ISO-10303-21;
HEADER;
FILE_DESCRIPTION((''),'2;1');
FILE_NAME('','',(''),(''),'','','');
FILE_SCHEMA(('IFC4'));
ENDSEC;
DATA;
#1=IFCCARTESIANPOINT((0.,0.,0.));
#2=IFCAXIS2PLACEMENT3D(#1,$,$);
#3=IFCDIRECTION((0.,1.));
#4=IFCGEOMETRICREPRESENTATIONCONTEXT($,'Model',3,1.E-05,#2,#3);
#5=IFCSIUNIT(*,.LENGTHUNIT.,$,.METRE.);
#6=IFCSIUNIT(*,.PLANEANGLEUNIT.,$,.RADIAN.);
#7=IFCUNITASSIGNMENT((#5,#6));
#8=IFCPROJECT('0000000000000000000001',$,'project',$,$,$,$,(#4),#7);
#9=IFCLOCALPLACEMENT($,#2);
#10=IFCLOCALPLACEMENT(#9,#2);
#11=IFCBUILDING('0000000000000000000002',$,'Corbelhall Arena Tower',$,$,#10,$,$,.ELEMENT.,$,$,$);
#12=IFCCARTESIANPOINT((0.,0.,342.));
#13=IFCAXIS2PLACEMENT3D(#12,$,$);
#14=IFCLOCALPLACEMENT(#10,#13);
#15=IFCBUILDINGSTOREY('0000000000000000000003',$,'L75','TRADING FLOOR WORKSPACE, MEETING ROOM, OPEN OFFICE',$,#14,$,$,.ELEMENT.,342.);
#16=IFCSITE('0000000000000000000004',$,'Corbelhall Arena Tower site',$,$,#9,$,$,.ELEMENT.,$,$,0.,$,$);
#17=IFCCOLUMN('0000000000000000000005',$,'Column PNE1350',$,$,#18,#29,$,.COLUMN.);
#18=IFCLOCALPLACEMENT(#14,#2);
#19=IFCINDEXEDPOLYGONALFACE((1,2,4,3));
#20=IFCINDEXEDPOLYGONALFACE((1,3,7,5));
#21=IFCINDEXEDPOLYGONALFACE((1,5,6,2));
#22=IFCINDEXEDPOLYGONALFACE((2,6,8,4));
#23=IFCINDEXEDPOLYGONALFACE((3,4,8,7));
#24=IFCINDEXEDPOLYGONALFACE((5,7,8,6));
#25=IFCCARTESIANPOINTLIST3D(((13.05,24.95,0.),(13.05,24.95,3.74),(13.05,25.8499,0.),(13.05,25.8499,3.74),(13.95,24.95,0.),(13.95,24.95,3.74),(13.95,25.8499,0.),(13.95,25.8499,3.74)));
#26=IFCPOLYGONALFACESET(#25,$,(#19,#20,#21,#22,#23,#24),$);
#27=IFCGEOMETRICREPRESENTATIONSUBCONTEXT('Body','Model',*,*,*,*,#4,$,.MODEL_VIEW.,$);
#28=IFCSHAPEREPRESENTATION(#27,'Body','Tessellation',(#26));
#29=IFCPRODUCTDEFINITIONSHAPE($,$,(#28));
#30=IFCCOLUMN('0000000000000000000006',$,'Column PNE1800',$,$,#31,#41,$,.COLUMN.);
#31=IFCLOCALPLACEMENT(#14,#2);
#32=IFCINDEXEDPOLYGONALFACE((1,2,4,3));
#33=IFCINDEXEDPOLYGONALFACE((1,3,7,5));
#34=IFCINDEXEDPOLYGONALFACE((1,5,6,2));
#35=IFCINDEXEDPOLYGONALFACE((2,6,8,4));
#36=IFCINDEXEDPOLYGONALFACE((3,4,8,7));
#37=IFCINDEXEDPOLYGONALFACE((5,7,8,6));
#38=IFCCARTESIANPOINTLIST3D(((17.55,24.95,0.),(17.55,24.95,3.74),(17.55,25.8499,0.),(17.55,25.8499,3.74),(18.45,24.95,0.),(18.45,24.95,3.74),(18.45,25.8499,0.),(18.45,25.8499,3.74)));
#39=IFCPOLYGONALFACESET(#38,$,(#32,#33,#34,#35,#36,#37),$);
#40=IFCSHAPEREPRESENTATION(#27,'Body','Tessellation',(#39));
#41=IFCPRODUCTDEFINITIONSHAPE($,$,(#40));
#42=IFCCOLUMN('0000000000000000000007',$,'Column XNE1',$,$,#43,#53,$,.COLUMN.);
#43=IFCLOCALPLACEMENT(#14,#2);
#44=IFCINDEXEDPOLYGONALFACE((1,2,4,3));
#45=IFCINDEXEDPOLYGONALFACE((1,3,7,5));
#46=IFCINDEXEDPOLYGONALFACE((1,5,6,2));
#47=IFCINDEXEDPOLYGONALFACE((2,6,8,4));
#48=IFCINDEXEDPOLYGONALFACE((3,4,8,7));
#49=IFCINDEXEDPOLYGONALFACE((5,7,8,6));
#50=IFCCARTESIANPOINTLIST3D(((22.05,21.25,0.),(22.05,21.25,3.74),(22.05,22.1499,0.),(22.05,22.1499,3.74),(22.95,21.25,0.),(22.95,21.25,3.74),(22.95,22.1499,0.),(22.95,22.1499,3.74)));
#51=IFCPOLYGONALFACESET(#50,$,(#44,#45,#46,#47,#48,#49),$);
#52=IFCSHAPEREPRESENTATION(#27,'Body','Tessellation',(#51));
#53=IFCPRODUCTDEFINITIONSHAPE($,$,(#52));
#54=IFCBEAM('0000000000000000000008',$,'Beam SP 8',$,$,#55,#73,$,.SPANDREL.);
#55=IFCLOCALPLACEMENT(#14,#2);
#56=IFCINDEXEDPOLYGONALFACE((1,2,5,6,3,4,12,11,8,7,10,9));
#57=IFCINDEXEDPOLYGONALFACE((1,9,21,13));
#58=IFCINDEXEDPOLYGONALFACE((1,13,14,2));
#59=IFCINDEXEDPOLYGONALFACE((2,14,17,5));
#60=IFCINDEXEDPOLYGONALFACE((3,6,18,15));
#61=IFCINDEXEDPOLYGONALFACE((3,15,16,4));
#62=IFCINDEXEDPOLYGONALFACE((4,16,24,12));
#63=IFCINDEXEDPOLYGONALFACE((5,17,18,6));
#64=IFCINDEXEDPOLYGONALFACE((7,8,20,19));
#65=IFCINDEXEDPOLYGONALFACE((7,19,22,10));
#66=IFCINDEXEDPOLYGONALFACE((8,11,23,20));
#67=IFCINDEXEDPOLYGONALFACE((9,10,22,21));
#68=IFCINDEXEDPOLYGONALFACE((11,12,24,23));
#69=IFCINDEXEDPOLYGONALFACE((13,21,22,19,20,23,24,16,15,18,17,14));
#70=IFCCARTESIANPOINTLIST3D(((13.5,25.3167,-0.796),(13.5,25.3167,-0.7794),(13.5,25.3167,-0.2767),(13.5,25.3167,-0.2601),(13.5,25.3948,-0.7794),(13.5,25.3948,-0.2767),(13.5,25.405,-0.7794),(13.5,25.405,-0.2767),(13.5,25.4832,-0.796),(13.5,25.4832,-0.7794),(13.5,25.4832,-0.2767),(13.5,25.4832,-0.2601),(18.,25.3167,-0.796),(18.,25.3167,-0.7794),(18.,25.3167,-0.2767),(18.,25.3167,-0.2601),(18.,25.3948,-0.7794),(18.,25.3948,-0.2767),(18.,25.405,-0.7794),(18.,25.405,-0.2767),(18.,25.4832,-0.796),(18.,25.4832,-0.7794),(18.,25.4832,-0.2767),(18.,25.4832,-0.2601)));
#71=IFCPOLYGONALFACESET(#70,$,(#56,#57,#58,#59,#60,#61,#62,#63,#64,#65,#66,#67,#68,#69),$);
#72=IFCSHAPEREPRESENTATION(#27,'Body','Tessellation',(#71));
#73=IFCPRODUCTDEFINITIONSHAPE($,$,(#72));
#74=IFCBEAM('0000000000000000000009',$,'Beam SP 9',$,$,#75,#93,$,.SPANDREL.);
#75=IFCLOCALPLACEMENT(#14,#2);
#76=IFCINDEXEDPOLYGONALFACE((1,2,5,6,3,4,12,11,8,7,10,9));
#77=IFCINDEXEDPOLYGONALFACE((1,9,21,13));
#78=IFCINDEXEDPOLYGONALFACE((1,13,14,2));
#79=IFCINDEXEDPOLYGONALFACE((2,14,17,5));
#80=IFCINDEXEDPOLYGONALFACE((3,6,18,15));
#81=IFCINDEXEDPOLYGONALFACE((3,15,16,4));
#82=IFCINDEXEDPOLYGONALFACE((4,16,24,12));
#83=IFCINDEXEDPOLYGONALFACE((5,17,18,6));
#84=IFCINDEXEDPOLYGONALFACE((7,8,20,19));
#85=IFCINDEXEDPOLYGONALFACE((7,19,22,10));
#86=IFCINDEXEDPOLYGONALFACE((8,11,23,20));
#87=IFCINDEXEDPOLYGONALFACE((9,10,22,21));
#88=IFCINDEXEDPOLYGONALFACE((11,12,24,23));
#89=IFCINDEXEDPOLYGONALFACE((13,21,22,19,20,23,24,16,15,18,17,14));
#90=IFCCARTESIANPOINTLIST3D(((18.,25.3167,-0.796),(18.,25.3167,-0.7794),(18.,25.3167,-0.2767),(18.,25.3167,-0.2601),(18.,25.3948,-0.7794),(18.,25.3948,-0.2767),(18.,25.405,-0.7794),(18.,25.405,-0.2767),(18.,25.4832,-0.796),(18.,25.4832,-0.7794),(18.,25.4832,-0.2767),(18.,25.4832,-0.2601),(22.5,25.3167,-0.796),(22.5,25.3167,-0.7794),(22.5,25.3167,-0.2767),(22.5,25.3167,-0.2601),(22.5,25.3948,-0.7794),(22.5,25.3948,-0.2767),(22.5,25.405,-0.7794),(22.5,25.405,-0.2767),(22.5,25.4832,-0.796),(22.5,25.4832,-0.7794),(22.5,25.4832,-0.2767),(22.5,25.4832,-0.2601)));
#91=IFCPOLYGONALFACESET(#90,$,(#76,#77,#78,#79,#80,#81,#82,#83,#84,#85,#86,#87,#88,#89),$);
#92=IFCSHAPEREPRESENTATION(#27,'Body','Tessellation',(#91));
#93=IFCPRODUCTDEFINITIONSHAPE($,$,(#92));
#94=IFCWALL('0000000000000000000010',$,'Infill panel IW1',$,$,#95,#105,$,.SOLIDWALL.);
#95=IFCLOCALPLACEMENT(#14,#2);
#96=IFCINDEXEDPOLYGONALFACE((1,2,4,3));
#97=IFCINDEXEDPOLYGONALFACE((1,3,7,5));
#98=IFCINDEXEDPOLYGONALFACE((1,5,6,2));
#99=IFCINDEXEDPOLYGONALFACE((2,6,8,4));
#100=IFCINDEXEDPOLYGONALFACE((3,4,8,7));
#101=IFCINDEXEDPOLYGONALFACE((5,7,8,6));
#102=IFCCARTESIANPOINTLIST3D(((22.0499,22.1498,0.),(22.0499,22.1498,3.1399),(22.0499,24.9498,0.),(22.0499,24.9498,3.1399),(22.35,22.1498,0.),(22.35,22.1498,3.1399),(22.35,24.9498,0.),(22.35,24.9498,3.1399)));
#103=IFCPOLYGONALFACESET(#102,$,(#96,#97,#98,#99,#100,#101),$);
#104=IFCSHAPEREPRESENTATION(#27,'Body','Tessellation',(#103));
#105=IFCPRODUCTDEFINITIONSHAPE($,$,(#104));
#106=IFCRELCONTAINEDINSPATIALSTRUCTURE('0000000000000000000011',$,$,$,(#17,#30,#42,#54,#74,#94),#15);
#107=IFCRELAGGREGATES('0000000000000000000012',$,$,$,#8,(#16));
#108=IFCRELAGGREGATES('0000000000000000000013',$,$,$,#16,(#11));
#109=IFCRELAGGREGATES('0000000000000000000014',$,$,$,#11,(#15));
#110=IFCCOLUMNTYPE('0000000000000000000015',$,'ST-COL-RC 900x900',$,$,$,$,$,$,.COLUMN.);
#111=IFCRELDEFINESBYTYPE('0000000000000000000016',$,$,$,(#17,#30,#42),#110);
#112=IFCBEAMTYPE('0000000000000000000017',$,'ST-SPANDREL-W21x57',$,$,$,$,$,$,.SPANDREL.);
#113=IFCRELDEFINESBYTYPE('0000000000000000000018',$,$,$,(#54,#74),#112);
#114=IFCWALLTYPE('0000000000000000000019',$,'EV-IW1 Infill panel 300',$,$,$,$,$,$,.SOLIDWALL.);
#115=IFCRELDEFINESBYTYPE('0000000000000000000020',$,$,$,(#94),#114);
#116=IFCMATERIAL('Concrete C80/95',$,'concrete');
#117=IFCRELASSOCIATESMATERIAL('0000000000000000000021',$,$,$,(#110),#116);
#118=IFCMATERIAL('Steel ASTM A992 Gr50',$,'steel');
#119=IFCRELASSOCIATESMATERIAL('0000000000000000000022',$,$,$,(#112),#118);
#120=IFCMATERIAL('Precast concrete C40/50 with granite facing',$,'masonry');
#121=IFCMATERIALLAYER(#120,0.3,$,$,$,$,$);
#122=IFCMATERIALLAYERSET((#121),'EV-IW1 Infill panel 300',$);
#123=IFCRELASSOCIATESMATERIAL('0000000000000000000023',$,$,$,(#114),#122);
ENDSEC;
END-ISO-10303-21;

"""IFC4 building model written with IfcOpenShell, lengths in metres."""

from ifc_helpers import new_model, si_unit, direction, frame, frame_2d, origin, origin_2d, place, context, subcontext, project, spatial, rectangle, i_section, extrude, material, layer, layer_set, material_profile, profile_set, type_object, element, save


model = new_model("IFC4")

# Units and contexts
model_context = context("Model", 3, precision=1e-05, world=origin(), true_north=direction((0.0, 1.0)))
body_context = subcontext(model_context, "Body", "Model", "MODEL_VIEW")
ifc_project = project(units=[si_unit("LENGTHUNIT", "METRE"), si_unit("PLANEANGLEUNIT", "RADIAN")], contexts=[model_context])

# Site, building, storey
site_placement = place(None, origin())
site = spatial("IfcSite", under=ifc_project, at=site_placement, Name="Corbelhall Arena Tower site", CompositionType="ELEMENT", RefElevation=0.0)
building_placement = place(site_placement, origin())
building = spatial("IfcBuilding", under=site, at=building_placement, Name="Corbelhall Arena Tower", CompositionType="ELEMENT")
storey_placement = place(building_placement, frame((0.0, 0.0, 342.0)))
storey = spatial("IfcBuildingStorey", under=building, at=storey_placement, Name="L75", Description="TRADING FLOOR WORKSPACE, MEETING ROOM, OPEN OFFICE", CompositionType="ELEMENT", Elevation=342.0)

# Columns
ifc_material_1 = material(Name="Concrete C80/95", Category="concrete")
ifc_material_profile_1 = material_profile(ifc_material_1, rectangle(XDim=0.8999, YDim=0.8999, at=origin_2d()))
ifc_profile_set_1 = profile_set([ifc_material_profile_1], Name="Concrete C80/95")
column_type = type_object("IfcColumnType", Name="ST-COL-RC 900x900", PredefinedType="COLUMN", material=ifc_profile_set_1)
for number, where, z_axis, x_axis, name in (
    (1, (13.5, 25.3999, 0.0), (0.0, 0.0, 1.0), (1.0, 0.0, 0.0), "Column PNE1350"),
    (2, (18.0, 25.3999, 0.0), (0.0, 0.0, 1.0), (1.0, 0.0, 0.0), "Column PNE1800"),
    (3, (22.5, 21.7, 0.0), (0.0, 0.0, 1.0), (1.0, 0.0, 0.0), "Column XNE1"),
):
    element("IfcColumn", number, at=place(storey_placement, frame(where, z_axis=z_axis, x_axis=x_axis)), inside=storey, type_object=column_type, Name=name, PredefinedType="COLUMN", context=body_context, shape_type="SweptSolid", body=[
        extrude(rectangle(XDim=0.8999, YDim=0.8999, at=origin_2d()), origin(), (0.0, 0.0, 1.0), 3.74),
    ])

# Beams
ifc_material_2 = material(Name="Steel ASTM A992 Gr50", Category="steel")
ifc_material_profile_2 = material_profile(ifc_material_2, i_section(OverallWidth=0.1665, OverallDepth=0.5359, WebThickness=0.0103, FlangeThickness=0.0166, at=origin_2d()))
ifc_profile_set_2 = profile_set([ifc_material_profile_2], Name="Steel ASTM A992 Gr50")
beam_type = type_object("IfcBeamType", Name="ST-SPANDREL-W21x57", PredefinedType="SPANDREL", material=ifc_profile_set_2)
for number, where, z_axis, x_axis, name in (
    (4, (13.5, 25.3999, -0.5281), (1.0, 0.0, 0.0), (0.0, 1.0, 0.0), "Beam SP 8"),
    (5, (18.0, 25.3999, -0.5281), (1.0, 0.0, 0.0), (0.0, 1.0, 0.0), "Beam SP 9"),
):
    element("IfcBeam", number, at=place(storey_placement, frame(where, z_axis=z_axis, x_axis=x_axis)), inside=storey, type_object=beam_type, Name=name, PredefinedType="SPANDREL", context=body_context, shape_type="SweptSolid", body=[
        extrude(i_section(OverallWidth=0.1665, OverallDepth=0.5359, WebThickness=0.0103, FlangeThickness=0.0166, at=origin_2d()), origin(), (0.0, 0.0, 1.0), 4.5),
    ])

# Wall
ifc_material_3 = material(Name="Precast concrete C40/50 with granite facing", Category="masonry")
ifc_layer_1 = layer(ifc_material_3, 0.3)
ifc_layer_set_1 = layer_set([ifc_layer_1], Name="EV-IW1 Infill panel 300")
wall_type_1 = type_object("IfcWallType", Name="EV-IW1 Infill panel 300", PredefinedType="SOLIDWALL", material=ifc_layer_set_1)
wall_1_placement = place(storey_placement, frame((22.2, 22.1499, 0.0), z_axis=(0.0, 0.0, 1.0), x_axis=(0.0, 1.0, 0.0)))
element("IfcWall", 6, at=wall_1_placement, inside=storey, type_object=wall_type_1, Name="Infill panel IW1", PredefinedType="SOLIDWALL", context=body_context, shape_type="SweptSolid", body=[
    extrude(rectangle(XDim=2.8, YDim=0.3, at=frame_2d((1.3999, 0.0))), origin(), (0.0, 0.0, 1.0), 3.1399),
])

save(model, "model.ifc")
